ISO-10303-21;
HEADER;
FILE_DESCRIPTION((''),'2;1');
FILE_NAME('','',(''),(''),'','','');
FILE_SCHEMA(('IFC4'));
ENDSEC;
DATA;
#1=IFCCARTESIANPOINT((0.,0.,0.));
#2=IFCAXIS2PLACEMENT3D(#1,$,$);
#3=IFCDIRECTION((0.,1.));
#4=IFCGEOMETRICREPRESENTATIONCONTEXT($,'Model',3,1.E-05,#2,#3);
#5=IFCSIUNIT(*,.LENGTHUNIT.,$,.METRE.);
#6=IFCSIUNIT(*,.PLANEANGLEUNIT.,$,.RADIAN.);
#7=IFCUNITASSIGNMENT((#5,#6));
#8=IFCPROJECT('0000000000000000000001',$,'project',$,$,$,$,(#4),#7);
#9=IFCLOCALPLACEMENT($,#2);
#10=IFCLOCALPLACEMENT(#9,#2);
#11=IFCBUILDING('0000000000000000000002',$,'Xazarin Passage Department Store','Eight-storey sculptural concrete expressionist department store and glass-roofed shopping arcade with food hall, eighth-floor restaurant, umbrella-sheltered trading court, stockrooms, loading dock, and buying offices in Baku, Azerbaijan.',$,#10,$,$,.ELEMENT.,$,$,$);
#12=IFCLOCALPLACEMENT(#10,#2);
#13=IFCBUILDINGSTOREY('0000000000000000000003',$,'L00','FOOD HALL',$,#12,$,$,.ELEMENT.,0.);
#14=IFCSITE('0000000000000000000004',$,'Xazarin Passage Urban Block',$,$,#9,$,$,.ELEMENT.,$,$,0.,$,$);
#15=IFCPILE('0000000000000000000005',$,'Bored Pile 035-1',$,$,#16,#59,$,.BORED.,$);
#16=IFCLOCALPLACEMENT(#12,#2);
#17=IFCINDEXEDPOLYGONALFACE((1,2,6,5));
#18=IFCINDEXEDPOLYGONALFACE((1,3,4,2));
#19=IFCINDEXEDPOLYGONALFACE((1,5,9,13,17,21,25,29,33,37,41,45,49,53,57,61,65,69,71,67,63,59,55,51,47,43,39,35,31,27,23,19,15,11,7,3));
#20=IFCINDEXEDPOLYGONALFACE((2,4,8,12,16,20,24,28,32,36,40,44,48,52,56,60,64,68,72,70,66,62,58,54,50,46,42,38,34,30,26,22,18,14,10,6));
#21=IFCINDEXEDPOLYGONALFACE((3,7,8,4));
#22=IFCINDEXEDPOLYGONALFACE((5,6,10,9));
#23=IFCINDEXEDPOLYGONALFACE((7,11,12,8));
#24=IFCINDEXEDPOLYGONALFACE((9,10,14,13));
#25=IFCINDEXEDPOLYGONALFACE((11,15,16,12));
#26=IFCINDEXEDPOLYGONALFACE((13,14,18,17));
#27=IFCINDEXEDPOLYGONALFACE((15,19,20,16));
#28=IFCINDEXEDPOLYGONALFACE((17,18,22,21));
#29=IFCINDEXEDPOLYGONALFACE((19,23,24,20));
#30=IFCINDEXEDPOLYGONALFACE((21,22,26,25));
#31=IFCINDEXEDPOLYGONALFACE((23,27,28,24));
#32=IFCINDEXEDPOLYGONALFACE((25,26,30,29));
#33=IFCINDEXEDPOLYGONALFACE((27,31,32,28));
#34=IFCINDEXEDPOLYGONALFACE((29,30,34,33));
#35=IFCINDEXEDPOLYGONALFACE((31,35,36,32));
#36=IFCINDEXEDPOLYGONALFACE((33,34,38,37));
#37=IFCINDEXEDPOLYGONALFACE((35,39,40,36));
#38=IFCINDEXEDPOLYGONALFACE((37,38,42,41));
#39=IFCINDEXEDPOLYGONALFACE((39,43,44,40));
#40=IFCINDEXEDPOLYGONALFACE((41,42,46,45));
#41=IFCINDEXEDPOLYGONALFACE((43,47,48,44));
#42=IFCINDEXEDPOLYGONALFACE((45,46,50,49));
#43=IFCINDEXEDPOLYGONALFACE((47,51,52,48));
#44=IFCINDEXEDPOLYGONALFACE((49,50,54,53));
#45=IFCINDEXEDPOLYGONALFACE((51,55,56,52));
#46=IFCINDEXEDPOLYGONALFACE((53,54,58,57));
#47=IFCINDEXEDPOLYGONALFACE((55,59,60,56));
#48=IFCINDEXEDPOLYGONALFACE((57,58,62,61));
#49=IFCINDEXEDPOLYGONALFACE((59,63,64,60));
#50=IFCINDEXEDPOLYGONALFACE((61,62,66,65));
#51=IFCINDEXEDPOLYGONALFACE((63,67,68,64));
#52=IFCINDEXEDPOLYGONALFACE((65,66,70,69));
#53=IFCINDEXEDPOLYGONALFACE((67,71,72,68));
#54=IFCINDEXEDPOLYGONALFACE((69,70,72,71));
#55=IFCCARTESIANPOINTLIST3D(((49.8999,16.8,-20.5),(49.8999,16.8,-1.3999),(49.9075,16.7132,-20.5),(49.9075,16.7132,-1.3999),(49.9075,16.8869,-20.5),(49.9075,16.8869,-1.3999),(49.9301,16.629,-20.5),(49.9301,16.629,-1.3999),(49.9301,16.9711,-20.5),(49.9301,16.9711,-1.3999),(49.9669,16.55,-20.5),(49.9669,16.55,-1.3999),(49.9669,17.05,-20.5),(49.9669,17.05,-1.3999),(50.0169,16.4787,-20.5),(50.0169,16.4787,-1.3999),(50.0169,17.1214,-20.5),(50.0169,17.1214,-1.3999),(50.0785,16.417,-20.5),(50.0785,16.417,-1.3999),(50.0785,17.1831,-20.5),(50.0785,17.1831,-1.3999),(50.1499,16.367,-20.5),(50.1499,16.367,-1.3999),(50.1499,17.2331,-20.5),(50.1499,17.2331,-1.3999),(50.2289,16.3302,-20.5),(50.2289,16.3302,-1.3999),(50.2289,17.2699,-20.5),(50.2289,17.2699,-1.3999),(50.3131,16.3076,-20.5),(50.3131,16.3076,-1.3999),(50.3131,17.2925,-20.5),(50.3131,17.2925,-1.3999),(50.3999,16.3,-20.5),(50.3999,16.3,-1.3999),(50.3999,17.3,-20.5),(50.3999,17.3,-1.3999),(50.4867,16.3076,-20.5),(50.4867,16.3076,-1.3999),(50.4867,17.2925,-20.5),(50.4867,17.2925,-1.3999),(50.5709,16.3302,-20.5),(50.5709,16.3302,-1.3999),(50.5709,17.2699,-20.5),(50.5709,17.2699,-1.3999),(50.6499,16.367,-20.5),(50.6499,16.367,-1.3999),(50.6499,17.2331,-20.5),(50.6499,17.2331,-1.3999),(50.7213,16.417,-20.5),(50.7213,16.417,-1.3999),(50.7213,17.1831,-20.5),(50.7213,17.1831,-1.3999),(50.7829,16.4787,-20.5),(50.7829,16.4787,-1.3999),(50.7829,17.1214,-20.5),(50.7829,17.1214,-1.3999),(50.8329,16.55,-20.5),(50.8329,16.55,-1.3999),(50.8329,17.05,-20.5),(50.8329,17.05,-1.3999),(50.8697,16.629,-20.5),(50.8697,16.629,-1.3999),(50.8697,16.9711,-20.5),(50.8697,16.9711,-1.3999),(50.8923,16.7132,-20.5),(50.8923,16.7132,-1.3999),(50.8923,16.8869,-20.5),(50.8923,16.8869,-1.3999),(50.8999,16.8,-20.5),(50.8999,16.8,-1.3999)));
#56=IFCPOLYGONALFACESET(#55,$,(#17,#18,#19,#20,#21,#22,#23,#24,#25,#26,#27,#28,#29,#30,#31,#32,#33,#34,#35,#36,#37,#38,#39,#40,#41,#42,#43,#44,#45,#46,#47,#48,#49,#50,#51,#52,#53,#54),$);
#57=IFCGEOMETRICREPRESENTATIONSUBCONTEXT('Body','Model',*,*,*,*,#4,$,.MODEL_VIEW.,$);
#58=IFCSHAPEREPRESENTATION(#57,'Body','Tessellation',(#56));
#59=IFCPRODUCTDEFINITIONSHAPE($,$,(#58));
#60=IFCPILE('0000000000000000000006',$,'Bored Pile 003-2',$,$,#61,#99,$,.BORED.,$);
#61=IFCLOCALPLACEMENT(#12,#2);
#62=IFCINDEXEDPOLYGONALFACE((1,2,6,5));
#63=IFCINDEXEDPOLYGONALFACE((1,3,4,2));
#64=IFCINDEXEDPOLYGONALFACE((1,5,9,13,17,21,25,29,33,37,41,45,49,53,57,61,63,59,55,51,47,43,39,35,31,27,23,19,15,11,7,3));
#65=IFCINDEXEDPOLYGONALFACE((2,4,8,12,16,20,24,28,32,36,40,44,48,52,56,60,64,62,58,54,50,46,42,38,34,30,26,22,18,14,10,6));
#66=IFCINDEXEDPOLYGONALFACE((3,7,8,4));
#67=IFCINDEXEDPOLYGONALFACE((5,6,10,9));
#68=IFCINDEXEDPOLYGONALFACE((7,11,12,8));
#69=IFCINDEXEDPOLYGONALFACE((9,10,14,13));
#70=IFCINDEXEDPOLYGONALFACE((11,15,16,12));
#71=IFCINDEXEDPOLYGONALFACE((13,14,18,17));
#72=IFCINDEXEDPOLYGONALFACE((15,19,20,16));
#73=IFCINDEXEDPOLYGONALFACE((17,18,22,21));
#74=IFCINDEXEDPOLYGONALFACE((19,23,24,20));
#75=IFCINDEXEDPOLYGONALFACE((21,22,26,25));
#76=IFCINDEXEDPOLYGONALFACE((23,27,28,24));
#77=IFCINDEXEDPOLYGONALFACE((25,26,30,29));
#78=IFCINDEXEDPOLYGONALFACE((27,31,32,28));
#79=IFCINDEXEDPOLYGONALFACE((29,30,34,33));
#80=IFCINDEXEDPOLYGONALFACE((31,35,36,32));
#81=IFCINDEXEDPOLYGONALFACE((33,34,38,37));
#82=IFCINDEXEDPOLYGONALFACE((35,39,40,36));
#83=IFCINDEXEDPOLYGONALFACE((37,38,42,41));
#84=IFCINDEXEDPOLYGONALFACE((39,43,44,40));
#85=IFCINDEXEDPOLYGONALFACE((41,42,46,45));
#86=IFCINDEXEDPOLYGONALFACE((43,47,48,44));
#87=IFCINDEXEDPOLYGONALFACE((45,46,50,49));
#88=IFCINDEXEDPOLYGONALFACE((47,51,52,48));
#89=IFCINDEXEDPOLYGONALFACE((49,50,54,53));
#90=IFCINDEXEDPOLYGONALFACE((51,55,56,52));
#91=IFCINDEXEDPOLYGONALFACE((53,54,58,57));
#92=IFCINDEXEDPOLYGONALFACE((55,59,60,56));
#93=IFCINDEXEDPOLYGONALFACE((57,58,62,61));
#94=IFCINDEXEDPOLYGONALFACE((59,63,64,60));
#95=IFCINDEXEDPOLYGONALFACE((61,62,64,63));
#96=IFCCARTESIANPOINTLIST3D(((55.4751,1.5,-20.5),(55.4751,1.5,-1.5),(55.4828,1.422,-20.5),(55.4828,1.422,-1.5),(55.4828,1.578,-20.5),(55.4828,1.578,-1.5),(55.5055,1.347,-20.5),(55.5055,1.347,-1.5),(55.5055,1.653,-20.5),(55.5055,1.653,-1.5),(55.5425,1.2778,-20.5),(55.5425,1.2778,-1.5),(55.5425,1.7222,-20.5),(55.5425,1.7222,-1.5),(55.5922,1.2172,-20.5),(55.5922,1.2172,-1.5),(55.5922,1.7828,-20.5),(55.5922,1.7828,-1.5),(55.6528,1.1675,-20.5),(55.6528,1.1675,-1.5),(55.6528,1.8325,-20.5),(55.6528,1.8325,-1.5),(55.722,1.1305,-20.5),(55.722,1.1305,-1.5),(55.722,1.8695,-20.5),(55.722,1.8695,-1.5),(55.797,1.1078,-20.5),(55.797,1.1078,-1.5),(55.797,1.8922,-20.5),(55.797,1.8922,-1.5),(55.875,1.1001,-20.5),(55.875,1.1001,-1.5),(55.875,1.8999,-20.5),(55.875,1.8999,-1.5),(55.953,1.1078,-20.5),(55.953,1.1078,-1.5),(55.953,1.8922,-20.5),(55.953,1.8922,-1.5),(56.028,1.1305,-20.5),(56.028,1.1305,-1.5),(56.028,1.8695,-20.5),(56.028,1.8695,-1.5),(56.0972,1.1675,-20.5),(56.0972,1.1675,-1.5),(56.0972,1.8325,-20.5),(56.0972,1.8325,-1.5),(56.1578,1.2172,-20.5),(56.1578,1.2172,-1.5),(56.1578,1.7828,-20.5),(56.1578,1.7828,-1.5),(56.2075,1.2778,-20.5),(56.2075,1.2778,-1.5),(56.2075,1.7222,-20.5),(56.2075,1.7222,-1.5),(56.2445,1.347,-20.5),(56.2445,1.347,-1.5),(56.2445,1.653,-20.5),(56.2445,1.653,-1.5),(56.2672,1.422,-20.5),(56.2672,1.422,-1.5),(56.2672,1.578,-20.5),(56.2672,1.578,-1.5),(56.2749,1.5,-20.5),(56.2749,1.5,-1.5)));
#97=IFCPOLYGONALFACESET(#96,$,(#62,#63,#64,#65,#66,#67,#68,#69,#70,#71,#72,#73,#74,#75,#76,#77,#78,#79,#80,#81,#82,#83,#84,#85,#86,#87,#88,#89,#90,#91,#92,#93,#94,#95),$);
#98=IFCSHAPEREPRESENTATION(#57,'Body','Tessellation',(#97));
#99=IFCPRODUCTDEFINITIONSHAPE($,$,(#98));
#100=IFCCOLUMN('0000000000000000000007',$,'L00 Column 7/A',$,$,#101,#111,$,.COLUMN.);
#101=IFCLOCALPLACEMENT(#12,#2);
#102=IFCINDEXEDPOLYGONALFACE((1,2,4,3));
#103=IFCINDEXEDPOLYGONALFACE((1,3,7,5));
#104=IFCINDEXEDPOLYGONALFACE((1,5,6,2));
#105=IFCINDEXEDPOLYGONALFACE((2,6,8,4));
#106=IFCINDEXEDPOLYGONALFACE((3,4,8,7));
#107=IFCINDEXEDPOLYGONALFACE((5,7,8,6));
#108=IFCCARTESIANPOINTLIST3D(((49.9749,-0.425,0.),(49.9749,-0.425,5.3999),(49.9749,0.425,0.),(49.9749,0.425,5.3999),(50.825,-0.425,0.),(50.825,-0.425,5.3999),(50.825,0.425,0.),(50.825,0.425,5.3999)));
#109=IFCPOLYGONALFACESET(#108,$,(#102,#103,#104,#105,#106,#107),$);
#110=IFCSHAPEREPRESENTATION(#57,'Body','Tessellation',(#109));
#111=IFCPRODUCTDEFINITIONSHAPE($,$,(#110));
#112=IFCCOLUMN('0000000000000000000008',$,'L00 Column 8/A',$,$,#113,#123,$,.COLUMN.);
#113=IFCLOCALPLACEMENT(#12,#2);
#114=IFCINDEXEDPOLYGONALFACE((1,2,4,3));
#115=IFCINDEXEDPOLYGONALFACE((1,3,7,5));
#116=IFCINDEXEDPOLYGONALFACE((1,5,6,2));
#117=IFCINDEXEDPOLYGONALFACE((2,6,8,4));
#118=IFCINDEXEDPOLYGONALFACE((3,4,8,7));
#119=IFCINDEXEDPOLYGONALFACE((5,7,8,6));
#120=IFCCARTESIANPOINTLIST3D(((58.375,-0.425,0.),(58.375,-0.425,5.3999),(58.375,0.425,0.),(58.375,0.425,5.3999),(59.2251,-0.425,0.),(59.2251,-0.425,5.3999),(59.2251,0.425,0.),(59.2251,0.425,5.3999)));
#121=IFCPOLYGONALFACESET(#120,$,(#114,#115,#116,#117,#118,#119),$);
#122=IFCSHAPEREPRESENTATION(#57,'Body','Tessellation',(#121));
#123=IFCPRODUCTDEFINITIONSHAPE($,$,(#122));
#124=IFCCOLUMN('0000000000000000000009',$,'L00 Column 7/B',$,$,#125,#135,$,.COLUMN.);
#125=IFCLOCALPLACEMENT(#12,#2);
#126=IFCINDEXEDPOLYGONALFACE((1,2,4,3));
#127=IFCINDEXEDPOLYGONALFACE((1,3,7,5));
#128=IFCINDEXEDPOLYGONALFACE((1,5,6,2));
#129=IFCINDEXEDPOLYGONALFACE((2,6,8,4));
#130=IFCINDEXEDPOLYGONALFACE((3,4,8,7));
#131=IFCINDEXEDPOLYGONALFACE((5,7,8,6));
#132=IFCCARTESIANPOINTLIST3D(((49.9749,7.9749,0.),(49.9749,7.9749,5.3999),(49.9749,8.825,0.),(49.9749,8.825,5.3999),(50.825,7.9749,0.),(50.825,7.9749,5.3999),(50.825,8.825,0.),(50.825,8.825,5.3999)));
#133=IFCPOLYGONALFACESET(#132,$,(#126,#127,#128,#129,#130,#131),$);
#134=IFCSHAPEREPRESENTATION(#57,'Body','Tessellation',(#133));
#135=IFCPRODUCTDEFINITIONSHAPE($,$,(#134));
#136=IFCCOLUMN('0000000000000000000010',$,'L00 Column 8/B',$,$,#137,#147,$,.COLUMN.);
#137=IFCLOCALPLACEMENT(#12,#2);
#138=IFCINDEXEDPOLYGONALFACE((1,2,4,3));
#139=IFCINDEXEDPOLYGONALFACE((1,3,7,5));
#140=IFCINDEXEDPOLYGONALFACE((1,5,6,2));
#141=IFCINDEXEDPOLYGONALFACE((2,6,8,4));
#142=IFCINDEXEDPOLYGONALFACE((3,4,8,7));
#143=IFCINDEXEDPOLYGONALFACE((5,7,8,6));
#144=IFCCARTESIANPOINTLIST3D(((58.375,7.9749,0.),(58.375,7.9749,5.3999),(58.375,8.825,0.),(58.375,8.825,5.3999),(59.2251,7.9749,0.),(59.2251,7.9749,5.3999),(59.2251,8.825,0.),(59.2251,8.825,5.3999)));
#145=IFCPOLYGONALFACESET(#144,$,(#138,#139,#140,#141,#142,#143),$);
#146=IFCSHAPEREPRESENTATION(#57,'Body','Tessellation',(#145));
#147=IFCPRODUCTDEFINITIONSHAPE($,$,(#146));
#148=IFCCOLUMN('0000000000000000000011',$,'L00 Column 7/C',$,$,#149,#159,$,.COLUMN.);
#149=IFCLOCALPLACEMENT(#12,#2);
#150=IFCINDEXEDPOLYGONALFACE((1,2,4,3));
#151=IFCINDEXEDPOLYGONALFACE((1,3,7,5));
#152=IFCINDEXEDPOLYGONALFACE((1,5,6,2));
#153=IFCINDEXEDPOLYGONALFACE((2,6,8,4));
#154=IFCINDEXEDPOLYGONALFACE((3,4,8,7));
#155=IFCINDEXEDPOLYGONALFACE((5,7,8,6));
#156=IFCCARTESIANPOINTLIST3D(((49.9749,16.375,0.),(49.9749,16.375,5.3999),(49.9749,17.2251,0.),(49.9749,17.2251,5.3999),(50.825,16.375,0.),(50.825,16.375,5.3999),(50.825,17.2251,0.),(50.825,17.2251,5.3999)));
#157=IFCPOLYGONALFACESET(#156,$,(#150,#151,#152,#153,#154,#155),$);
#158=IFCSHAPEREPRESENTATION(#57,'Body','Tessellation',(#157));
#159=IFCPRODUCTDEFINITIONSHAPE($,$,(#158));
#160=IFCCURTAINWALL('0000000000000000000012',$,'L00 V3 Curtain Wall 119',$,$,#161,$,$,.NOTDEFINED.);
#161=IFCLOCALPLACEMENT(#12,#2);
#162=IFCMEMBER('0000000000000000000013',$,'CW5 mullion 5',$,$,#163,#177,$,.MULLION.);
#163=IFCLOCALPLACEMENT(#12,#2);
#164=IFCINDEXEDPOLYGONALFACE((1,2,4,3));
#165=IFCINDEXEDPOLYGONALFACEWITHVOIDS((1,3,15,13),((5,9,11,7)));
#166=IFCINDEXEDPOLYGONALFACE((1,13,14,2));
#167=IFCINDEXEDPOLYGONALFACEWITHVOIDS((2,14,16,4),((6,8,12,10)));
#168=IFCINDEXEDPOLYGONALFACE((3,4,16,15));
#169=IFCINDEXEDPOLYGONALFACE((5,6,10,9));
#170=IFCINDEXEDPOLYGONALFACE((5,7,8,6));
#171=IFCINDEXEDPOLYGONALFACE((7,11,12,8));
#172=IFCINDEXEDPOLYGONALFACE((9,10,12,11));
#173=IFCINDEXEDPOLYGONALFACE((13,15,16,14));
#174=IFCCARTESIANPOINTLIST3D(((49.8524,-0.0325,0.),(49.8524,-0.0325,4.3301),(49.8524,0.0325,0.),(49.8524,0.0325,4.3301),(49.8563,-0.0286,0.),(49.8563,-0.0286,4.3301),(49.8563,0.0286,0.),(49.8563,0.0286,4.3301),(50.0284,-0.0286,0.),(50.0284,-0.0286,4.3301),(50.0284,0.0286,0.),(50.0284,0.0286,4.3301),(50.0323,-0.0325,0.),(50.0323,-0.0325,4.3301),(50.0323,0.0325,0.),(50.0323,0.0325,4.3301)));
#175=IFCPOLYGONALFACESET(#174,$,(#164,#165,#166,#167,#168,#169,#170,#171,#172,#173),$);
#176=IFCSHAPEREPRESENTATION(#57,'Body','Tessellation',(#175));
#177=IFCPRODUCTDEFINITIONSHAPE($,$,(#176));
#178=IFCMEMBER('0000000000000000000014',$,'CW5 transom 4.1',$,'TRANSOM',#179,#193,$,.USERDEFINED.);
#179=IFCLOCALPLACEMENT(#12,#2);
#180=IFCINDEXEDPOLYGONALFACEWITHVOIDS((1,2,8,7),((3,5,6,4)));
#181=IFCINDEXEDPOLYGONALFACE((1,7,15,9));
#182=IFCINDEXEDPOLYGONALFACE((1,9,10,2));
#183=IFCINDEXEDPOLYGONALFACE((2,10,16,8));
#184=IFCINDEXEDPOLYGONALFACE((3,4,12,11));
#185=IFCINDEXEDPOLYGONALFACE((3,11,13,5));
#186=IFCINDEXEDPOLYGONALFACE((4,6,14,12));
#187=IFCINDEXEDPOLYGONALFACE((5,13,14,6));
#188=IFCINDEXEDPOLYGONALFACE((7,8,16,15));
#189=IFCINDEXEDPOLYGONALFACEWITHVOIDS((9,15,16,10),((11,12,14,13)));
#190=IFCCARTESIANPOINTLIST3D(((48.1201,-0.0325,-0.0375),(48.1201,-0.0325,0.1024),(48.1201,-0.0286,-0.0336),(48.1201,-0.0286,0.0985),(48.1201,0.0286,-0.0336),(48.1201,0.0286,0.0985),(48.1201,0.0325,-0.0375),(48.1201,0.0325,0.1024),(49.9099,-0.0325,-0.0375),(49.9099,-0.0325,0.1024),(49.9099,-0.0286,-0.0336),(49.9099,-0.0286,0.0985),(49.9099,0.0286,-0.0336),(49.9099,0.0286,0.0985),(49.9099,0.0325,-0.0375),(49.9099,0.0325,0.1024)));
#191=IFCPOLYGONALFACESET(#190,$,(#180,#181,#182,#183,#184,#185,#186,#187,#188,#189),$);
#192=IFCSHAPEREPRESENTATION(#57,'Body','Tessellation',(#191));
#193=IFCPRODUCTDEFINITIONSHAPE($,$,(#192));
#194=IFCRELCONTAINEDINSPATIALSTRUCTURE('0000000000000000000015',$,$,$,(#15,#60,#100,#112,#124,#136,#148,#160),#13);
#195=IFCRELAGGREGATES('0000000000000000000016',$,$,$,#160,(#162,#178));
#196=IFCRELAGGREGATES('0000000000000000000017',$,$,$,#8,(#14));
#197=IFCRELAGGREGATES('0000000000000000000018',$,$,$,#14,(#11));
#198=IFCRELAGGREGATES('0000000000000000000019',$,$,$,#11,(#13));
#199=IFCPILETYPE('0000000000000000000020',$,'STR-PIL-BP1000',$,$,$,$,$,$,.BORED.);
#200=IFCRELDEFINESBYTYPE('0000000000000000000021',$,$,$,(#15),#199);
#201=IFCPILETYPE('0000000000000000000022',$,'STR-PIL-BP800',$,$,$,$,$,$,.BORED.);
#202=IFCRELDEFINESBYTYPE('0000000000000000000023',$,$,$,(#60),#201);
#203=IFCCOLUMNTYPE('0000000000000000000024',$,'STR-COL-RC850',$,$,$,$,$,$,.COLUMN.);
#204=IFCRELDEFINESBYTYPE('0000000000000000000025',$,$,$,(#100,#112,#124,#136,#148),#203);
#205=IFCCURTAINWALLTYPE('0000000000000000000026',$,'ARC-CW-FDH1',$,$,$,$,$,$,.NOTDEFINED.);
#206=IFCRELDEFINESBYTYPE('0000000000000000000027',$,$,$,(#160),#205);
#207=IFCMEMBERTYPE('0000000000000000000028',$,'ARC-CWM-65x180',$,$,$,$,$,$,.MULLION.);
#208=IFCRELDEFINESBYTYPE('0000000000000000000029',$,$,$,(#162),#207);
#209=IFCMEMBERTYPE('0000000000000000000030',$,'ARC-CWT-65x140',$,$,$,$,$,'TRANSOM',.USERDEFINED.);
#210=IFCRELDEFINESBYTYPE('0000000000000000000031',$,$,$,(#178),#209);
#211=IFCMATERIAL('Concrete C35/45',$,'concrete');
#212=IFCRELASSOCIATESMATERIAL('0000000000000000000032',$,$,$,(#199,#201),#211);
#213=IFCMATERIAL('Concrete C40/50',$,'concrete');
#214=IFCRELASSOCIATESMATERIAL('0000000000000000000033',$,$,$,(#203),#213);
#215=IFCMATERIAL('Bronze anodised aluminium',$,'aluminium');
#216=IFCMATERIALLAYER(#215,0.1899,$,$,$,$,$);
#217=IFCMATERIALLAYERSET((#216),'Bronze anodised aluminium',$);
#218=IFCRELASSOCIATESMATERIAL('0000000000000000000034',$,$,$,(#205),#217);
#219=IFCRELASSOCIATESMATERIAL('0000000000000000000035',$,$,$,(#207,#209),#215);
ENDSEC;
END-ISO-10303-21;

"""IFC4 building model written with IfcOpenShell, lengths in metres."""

from ifc_helpers import new_model, si_unit, direction, frame, origin, origin_2d, place, context, subcontext, project, spatial, rectangle, hollow_rectangle, circle, extrude, material, layer, layer_set, material_profile, profile_set, type_object, element, aggregate, save


model = new_model("IFC4")

# Units and contexts
model_context = context("Model", 3, precision=1e-05, world=origin(), true_north=direction((0.0, 1.0)))
body_context = subcontext(model_context, "Body", "Model", "MODEL_VIEW")
ifc_project = project(units=[si_unit("LENGTHUNIT", "METRE"), si_unit("PLANEANGLEUNIT", "RADIAN")], contexts=[model_context])

# Site, building, storey
site_placement = place(None, origin())
site = spatial("IfcSite", under=ifc_project, at=site_placement, Name="Xazarin Passage Urban Block", CompositionType="ELEMENT", RefElevation=0.0)
building_placement = place(site_placement, origin())
building = spatial("IfcBuilding", under=site, at=building_placement, Name="Xazarin Passage Department Store", Description="Eight-storey sculptural concrete expressionist department store and glass-roofed shopping arcade with food hall, eighth-floor restaurant, umbrella-sheltered trading court, stockrooms, loading dock, and buying offices in Baku, Azerbaijan.", CompositionType="ELEMENT")
storey_placement = place(building_placement, origin())
storey = spatial("IfcBuildingStorey", under=building, at=storey_placement, Name="L00", Description="FOOD HALL", CompositionType="ELEMENT", Elevation=0.0)

# Shared definitions
ifc_material_1 = material(Name="Concrete C35/45", Category="concrete")

# Piles
ifc_material_profile_1 = material_profile(ifc_material_1, circle(Radius=0.5, at=origin_2d()), Name="BP 1000")
ifc_profile_set_1 = profile_set([ifc_material_profile_1], Name="Concrete C35/45")
pile_type_1 = type_object("IfcPileType", Name="STR-PIL-BP1000", PredefinedType="BORED", material=ifc_profile_set_1)
for number, where, z_axis, x_axis, name in (
    (1, (50.3999, 16.8, -1.3999), (0.0, 0.0, -1.0), (1.0, 0.0, 0.0), "Bored Pile 035-1"),
):
    element("IfcPile", number, at=place(storey_placement, frame(where, z_axis=z_axis, x_axis=x_axis)), inside=storey, type_object=pile_type_1, Name=name, PredefinedType="BORED", context=body_context, shape_type="SweptSolid", body=[
        extrude(circle(Radius=0.5, at=origin_2d()), origin(), (0.0, 0.0, 1.0), 19.1001),
    ])
ifc_material_profile_2 = material_profile(ifc_material_1, circle(Radius=0.3999, at=origin_2d()), Name="BP 800")
ifc_profile_set_2 = profile_set([ifc_material_profile_2], Name="Concrete C35/45")
pile_type_2 = type_object("IfcPileType", Name="STR-PIL-BP800", PredefinedType="BORED", material=ifc_profile_set_2)
pile_placement = place(storey_placement, frame((55.875, 1.5, -1.5), z_axis=(0.0, 0.0, -1.0), x_axis=(1.0, 0.0, 0.0)))
element("IfcPile", 2, at=pile_placement, inside=storey, type_object=pile_type_2, Name="Bored Pile 003-2", PredefinedType="BORED", context=body_context, shape_type="SweptSolid", body=[
    extrude(circle(Radius=0.3999, at=origin_2d()), origin(), (0.0, 0.0, 1.0), 19.0),
])

# Columns
ifc_material_2 = material(Name="Concrete C40/50", Category="concrete")
ifc_material_profile_3 = material_profile(ifc_material_2, rectangle(XDim=0.8501, YDim=0.8501, at=origin_2d()), Name="RC 850x850")
ifc_profile_set_3 = profile_set([ifc_material_profile_3], Name="Concrete C40/50")
column_type = type_object("IfcColumnType", Name="STR-COL-RC850", PredefinedType="COLUMN", material=ifc_profile_set_3)
for number, where, z_axis, x_axis, name in (
    (3, (50.3999, 0.0, 0.0), (0.0, 0.0, 1.0), (1.0, 0.0, 0.0), "L00 Column 7/A"),
    (4, (58.8, 0.0, 0.0), (0.0, 0.0, 1.0), (1.0, 0.0, 0.0), "L00 Column 8/A"),
    (5, (50.3999, 8.3999, 0.0), (0.0, 0.0, 1.0), (1.0, 0.0, 0.0), "L00 Column 7/B"),
    (6, (58.8, 8.3999, 0.0), (0.0, 0.0, 1.0), (1.0, 0.0, 0.0), "L00 Column 8/B"),
    (7, (50.3999, 16.8, 0.0), (0.0, 0.0, 1.0), (1.0, 0.0, 0.0), "L00 Column 7/C"),
):
    element("IfcColumn", number, at=place(storey_placement, frame(where, z_axis=z_axis, x_axis=x_axis)), inside=storey, type_object=column_type, Name=name, PredefinedType="COLUMN", context=body_context, shape_type="SweptSolid", body=[
        extrude(rectangle(XDim=0.8501, YDim=0.8501, at=origin_2d()), origin(), (0.0, 0.0, 1.0), 5.3999),
    ])

# Curtain wall, members
ifc_material_3 = material(Name="Bronze anodised aluminium", Category="aluminium")
ifc_layer_1 = layer(ifc_material_3, 0.1899)
ifc_layer_set_1 = layer_set([ifc_layer_1], Name="Bronze anodised aluminium")
curtain_wall_type = type_object("IfcCurtainWallType", Name="ARC-CW-FDH1", PredefinedType="NOTDEFINED", material=ifc_layer_set_1)
curtain_wall_placement = place(storey_placement, origin())
curtain_wall = element("IfcCurtainWall", 8, at=curtain_wall_placement, inside=storey, type_object=curtain_wall_type, Name="L00 V3 Curtain Wall 119", PredefinedType="NOTDEFINED")
ifc_material_profile_4 = material_profile(ifc_material_3, hollow_rectangle(XDim=0.0649, YDim=0.1799, WallThickness=0.0039, at=origin_2d()), Name="ALU 65x180")
ifc_profile_set_4 = profile_set([ifc_material_profile_4], Name="Bronze anodised aluminium")
member_type_1 = type_object("IfcMemberType", Name="ARC-CWM-65x180", PredefinedType="MULLION", material=ifc_profile_set_4)
member_1_placement = place(storey_placement, frame((49.9424, 0.0, 0.0), z_axis=(0.0, 0.0, 1.0), x_axis=(0.0, 1.0, 0.0)))
member_1 = element("IfcMember", 9, at=member_1_placement, type_object=member_type_1, Name="CW5 mullion 5", PredefinedType="MULLION", context=body_context, shape_type="SweptSolid", body=[
    extrude(hollow_rectangle(XDim=0.0649, YDim=0.1799, WallThickness=0.0039, at=origin_2d()), origin(), (0.0, 0.0, 1.0), 4.3301),
])
ifc_material_profile_5 = material_profile(ifc_material_3, hollow_rectangle(XDim=0.0649, YDim=0.1399, WallThickness=0.0039, at=origin_2d()), Name="ALU 65x140")
ifc_profile_set_5 = profile_set([ifc_material_profile_5], Name="Bronze anodised aluminium")
member_type_2 = type_object("IfcMemberType", Name="ARC-CWT-65x140", ElementType="TRANSOM", PredefinedType="USERDEFINED", material=ifc_profile_set_5)
member_2_placement = place(storey_placement, frame((48.1201, 0.0, 0.0325), z_axis=(1.0, 0.0, 0.0), x_axis=(0.0, 1.0, 0.0)))
member_2 = element("IfcMember", 10, at=member_2_placement, type_object=member_type_2, Name="CW5 transom 4.1", ObjectType="TRANSOM", PredefinedType="USERDEFINED", context=body_context, shape_type="SweptSolid", body=[
    extrude(hollow_rectangle(XDim=0.0649, YDim=0.1399, WallThickness=0.0039, at=origin_2d()), origin(), (0.0, 0.0, 1.0), 1.7898),
])
aggregate(curtain_wall, [member_1, member_2])

save(model, "model.ifc")
